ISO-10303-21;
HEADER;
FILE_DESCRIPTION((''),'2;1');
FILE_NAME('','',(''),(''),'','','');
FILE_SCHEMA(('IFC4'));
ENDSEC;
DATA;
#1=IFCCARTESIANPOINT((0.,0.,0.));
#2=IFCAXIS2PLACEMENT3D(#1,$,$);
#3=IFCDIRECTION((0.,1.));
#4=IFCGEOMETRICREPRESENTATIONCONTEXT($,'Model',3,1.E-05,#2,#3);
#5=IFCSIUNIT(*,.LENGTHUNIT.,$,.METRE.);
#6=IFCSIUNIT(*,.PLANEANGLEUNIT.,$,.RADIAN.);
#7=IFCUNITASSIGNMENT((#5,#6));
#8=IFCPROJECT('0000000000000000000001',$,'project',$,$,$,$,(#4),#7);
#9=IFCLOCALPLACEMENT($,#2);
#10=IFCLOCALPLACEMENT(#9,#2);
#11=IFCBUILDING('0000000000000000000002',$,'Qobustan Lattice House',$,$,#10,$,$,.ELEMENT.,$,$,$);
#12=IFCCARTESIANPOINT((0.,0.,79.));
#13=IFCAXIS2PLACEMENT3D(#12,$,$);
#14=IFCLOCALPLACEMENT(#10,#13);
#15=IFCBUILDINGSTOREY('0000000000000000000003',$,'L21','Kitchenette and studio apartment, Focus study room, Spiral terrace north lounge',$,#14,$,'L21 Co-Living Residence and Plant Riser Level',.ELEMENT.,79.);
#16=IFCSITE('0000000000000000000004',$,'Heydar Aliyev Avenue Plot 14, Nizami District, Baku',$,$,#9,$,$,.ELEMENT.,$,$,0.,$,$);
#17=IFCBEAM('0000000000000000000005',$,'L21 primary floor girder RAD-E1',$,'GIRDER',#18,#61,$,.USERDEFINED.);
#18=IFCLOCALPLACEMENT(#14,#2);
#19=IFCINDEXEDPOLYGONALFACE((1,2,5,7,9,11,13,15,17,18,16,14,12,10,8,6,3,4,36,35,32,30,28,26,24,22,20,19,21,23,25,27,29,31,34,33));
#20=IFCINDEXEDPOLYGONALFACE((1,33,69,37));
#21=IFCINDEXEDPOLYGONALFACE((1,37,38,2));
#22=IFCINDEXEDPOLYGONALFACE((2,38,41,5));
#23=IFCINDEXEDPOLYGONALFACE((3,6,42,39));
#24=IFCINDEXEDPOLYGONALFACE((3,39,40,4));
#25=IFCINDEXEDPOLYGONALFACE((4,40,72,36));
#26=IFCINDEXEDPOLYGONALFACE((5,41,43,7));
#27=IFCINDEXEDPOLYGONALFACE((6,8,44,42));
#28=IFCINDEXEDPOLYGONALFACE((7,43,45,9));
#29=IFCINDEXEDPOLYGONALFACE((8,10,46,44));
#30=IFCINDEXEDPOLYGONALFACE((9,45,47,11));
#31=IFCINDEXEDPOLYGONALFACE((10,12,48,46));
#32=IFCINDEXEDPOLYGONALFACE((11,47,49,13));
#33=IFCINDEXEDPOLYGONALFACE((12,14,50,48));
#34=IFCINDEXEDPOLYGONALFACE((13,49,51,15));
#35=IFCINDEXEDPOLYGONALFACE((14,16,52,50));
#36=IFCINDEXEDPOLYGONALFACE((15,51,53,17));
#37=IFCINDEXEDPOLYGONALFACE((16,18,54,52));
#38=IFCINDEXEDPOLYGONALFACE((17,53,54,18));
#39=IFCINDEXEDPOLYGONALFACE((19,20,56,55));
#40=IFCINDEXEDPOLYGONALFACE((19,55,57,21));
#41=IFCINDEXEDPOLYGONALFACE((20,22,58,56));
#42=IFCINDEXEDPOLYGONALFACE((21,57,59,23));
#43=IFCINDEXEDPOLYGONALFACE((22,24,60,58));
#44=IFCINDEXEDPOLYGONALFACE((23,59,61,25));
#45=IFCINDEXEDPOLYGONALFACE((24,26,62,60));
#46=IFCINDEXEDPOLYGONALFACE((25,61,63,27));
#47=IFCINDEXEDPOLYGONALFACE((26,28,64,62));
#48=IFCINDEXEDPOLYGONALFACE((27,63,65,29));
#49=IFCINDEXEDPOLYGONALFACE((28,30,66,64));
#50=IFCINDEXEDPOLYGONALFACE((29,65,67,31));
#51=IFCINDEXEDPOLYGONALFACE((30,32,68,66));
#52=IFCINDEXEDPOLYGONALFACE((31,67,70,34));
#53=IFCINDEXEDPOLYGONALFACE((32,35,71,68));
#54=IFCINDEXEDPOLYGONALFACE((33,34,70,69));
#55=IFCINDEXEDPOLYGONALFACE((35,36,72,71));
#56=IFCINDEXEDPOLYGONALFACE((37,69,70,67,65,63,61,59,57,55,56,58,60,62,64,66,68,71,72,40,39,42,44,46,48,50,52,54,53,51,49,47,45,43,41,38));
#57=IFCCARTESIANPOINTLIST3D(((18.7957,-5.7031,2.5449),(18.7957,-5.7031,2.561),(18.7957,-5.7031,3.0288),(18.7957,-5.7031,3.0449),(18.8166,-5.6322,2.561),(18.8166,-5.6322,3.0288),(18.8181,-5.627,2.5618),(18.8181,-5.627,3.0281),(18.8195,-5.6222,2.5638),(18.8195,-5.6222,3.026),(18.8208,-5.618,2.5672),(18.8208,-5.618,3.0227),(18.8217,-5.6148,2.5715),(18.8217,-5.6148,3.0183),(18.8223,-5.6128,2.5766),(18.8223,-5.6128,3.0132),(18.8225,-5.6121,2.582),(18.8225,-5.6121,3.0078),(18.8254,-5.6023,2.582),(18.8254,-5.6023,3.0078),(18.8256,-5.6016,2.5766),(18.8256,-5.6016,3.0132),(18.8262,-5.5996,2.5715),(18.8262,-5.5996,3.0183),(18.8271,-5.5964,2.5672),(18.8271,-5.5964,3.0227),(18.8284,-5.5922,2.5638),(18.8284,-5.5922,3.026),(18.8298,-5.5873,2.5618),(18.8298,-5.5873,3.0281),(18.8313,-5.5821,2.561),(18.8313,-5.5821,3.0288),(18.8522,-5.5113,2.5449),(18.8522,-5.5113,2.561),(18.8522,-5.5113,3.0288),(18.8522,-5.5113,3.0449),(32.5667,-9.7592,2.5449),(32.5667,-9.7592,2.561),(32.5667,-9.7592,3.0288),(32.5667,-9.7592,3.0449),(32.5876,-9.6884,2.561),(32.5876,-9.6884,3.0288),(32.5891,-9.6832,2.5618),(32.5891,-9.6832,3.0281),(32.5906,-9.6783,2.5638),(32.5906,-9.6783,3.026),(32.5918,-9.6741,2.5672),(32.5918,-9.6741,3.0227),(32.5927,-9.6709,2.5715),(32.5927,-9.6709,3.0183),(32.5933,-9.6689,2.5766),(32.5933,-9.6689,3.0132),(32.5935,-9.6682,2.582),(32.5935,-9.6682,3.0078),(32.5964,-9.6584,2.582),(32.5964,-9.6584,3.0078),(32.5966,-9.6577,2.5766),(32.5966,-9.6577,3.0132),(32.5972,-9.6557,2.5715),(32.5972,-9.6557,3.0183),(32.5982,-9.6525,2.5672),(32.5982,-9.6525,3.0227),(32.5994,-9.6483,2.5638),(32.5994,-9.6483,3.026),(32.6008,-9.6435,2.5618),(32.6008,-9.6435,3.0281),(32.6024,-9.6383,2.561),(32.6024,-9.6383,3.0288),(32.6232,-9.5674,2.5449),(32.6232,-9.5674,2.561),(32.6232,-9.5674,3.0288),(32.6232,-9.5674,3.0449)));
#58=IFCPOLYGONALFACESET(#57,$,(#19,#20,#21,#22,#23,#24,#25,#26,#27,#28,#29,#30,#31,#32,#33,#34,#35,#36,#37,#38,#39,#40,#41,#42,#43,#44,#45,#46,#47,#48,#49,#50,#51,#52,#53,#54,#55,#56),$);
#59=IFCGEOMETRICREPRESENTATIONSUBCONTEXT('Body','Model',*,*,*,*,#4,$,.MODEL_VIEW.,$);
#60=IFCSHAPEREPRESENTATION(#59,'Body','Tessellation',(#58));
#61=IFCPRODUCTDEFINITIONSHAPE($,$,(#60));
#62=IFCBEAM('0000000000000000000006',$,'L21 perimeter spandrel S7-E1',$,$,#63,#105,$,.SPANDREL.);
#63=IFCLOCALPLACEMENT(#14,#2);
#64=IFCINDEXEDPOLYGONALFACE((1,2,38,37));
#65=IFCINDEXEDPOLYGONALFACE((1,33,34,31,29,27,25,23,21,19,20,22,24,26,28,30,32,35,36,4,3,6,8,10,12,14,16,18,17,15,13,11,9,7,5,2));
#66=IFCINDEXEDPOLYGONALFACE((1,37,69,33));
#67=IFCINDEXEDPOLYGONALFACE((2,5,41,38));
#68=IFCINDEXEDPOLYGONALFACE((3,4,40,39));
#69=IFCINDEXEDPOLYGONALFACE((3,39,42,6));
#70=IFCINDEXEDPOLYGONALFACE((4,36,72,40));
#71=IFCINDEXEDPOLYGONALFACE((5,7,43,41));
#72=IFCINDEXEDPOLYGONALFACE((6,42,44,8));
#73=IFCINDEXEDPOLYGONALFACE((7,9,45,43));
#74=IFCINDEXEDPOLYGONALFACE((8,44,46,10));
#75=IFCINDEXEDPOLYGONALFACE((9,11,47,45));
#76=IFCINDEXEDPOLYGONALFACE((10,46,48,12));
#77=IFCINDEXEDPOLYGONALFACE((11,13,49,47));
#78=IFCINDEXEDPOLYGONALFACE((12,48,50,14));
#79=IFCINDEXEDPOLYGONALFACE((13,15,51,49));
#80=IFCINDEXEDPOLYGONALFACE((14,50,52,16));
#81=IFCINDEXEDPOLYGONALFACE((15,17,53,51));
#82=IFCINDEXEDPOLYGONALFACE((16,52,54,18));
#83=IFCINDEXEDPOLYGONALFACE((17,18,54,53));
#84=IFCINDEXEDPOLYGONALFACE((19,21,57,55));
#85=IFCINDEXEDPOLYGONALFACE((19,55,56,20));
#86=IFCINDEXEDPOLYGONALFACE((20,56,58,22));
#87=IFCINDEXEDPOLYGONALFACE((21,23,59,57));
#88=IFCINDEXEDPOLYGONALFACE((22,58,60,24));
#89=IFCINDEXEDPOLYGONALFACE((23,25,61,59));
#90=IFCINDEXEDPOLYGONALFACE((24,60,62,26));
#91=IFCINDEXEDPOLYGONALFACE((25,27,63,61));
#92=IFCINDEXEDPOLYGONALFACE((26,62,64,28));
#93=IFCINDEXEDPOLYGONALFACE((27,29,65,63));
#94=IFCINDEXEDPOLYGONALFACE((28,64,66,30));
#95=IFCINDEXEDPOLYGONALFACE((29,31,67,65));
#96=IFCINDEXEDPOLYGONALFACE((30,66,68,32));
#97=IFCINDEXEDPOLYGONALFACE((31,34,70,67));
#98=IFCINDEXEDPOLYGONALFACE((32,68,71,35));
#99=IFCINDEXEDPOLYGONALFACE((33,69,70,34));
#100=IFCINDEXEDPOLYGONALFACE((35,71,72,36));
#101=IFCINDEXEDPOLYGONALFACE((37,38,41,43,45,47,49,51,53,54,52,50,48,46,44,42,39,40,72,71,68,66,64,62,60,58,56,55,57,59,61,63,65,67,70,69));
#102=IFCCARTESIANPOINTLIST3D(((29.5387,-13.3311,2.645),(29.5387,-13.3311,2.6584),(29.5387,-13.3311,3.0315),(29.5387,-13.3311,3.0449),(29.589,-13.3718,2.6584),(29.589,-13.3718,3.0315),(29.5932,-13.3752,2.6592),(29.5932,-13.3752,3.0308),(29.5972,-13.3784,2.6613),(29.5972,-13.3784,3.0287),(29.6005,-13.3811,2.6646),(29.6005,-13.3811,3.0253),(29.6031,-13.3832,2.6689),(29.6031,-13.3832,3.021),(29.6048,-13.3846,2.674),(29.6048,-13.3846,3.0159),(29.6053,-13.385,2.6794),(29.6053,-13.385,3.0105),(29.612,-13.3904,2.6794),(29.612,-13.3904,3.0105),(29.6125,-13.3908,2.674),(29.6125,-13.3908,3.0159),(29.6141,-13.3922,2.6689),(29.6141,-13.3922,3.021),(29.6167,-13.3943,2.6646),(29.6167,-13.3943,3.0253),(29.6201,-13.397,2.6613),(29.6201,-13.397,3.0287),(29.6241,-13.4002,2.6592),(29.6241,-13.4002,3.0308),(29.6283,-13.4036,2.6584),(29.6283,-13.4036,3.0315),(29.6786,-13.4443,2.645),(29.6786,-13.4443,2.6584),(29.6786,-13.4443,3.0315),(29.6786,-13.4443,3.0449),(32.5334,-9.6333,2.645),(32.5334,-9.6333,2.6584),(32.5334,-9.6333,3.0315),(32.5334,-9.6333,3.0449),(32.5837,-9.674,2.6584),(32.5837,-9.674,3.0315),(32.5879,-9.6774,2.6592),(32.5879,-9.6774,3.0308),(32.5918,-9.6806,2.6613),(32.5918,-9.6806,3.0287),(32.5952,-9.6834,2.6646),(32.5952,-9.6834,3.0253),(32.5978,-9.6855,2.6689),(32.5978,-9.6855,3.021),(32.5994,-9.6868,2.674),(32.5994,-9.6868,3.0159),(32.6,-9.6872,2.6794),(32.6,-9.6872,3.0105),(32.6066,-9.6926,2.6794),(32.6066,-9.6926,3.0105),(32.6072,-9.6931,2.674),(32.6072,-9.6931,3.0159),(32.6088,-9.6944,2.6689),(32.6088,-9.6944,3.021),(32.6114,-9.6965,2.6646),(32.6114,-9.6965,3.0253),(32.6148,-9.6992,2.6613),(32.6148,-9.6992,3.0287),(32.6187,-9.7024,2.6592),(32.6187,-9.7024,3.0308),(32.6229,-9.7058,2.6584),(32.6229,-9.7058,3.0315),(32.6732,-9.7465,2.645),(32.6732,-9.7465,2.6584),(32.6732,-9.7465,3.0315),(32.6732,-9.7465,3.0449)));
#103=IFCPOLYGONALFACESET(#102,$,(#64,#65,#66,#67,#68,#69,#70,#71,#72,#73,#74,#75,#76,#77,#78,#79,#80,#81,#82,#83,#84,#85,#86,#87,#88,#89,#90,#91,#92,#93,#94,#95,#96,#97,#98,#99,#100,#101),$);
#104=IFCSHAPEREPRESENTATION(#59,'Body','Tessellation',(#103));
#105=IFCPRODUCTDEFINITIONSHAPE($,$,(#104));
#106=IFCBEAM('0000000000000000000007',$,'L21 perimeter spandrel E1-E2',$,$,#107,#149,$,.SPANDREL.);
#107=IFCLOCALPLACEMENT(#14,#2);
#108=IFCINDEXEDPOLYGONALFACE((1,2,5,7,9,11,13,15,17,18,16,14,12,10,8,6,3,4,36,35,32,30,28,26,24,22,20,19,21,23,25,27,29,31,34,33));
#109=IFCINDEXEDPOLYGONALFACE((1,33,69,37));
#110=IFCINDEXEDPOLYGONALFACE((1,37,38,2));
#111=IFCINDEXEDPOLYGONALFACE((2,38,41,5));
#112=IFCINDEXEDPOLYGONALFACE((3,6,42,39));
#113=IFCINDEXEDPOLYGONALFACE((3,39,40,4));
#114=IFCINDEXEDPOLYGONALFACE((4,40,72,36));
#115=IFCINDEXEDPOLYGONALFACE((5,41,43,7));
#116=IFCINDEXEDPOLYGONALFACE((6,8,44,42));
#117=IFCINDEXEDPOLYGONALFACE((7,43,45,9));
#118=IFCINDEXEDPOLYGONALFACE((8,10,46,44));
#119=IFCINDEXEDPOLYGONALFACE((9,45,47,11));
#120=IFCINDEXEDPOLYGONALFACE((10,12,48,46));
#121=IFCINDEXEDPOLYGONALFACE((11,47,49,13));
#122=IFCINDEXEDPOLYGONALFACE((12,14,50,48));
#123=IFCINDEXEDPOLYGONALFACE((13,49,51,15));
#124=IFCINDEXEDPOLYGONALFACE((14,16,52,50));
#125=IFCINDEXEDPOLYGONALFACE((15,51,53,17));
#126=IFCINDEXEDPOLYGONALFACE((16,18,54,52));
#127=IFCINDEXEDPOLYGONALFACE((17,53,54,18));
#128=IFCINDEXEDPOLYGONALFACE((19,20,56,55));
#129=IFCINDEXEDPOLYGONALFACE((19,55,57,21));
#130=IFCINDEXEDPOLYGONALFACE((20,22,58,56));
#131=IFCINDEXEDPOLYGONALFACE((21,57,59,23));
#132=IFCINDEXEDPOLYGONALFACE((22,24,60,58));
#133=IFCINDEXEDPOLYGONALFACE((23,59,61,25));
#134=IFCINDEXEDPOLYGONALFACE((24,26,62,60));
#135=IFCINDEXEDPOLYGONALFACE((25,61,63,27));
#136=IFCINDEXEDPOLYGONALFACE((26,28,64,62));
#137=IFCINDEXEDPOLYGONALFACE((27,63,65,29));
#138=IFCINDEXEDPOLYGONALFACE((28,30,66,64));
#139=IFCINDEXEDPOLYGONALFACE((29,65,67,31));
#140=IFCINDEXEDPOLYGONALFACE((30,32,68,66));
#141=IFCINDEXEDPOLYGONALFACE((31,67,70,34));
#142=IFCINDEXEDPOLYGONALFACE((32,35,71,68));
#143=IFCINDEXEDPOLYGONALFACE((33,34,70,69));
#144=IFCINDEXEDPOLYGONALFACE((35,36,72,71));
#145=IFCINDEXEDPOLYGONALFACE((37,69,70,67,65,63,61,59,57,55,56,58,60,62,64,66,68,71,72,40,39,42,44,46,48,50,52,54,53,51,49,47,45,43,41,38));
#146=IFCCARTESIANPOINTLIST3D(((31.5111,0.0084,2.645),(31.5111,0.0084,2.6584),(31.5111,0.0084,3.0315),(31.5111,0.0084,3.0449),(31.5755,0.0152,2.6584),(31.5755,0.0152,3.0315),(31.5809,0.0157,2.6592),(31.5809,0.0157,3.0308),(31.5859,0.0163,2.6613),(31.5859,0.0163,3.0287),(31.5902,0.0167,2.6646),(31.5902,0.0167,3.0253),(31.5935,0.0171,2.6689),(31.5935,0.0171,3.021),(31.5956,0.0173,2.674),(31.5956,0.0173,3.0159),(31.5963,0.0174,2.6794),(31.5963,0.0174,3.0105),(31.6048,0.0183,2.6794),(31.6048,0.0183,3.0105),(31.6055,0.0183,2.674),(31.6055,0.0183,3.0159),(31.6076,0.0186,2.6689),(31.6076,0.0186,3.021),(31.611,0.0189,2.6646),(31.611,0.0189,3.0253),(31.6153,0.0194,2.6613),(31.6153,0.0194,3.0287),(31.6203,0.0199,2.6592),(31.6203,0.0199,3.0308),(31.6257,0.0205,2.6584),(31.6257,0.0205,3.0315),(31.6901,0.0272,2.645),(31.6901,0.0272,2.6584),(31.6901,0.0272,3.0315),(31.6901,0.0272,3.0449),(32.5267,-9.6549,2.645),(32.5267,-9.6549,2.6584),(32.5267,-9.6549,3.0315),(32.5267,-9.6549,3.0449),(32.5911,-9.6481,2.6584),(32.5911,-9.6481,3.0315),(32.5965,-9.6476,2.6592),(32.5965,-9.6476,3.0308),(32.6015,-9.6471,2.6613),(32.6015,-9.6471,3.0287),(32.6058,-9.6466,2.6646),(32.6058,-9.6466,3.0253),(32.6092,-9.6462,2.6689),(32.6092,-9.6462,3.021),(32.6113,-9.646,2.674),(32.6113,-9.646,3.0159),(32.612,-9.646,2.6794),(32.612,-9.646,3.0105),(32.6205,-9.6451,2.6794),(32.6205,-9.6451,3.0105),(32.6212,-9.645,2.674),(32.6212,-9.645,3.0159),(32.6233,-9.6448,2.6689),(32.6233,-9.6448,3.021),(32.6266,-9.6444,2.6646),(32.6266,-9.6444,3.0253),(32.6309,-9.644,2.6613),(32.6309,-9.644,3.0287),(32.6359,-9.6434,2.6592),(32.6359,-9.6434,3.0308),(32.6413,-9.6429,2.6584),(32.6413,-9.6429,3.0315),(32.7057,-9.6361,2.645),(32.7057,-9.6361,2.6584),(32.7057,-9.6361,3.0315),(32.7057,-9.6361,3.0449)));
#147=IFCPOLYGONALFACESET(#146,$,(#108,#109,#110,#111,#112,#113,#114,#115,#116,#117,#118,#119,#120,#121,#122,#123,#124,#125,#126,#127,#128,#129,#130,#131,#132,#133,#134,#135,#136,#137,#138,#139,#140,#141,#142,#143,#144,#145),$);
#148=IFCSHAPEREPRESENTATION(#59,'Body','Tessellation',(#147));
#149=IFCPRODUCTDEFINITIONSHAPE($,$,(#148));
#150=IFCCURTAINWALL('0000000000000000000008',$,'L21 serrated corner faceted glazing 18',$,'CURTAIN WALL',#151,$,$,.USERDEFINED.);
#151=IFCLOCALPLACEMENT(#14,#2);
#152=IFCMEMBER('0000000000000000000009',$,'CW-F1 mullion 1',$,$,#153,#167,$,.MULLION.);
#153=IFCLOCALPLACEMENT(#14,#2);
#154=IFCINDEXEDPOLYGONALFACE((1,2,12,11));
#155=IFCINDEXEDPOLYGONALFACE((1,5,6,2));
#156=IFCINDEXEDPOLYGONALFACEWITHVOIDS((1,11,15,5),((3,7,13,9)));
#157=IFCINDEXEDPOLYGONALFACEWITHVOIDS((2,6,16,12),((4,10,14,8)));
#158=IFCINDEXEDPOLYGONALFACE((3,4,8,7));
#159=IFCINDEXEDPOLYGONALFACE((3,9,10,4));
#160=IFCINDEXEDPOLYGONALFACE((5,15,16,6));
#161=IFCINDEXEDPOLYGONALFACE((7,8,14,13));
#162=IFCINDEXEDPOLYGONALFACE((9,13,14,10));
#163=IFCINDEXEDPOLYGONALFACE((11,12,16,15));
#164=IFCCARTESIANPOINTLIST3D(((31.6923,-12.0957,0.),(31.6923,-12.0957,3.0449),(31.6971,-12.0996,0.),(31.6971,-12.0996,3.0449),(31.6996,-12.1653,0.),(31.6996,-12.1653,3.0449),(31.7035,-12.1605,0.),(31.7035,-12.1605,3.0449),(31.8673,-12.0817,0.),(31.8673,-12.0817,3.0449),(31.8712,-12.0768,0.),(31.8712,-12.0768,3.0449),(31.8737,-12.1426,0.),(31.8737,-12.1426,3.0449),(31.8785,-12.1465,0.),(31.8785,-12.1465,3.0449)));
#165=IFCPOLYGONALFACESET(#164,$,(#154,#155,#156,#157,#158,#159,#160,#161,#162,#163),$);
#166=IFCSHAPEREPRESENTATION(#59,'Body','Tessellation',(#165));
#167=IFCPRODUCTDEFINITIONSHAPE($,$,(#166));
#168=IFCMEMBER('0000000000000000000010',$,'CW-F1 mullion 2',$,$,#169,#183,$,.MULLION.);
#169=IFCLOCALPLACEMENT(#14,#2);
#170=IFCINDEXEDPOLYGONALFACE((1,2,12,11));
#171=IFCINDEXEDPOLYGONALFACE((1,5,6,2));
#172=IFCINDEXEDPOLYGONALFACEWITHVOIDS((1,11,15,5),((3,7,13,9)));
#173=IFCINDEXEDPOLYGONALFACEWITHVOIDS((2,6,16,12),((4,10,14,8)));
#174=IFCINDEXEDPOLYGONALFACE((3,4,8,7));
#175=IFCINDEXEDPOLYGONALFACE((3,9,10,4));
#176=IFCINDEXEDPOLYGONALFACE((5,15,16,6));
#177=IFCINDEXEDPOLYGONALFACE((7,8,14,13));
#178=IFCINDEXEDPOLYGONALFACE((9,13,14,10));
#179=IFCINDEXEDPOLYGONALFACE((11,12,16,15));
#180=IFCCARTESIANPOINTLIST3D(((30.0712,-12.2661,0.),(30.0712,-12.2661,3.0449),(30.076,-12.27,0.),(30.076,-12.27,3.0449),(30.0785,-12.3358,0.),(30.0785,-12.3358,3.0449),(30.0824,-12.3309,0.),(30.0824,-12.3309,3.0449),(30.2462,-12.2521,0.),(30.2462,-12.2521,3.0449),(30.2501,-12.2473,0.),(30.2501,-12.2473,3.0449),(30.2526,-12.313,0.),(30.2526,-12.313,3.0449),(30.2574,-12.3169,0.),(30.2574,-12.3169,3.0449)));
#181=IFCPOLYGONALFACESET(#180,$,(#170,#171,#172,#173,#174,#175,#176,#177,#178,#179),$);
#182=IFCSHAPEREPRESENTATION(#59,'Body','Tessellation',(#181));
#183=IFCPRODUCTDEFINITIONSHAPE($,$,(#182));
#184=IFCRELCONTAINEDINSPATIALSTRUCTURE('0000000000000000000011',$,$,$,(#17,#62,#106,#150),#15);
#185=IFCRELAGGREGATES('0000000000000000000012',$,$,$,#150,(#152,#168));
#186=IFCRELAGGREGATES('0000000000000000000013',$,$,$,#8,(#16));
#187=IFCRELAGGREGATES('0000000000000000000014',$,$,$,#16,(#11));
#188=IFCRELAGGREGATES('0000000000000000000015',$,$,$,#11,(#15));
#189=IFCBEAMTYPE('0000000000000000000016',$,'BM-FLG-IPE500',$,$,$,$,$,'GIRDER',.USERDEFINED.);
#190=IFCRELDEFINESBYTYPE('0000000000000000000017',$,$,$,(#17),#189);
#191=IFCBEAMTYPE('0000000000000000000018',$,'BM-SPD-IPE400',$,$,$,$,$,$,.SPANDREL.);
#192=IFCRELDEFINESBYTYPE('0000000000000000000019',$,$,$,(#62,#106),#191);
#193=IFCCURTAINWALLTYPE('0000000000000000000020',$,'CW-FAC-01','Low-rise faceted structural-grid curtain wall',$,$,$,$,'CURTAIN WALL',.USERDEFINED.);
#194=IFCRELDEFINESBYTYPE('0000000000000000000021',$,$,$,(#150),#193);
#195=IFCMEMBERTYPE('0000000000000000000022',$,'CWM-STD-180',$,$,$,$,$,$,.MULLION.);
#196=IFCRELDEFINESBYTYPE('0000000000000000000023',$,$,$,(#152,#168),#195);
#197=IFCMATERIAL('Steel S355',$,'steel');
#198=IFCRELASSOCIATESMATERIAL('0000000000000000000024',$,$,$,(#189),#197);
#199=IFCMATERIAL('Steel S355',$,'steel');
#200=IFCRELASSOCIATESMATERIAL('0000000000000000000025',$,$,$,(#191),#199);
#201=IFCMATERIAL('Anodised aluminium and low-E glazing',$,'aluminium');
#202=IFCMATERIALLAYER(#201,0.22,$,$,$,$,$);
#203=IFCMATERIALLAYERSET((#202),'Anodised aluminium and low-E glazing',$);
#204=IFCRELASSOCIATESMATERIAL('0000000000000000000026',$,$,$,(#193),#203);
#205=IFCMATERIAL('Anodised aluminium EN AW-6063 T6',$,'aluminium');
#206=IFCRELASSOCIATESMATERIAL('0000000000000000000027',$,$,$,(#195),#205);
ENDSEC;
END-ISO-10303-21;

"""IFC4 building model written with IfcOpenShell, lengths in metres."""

from ifc_helpers import new_model, si_unit, direction, frame, origin, origin_2d, place, context, subcontext, project, spatial, hollow_rectangle, i_section, extrude, material, layer, layer_set, material_profile, profile_set, type_object, element, aggregate, save


model = new_model("IFC4")

# Units and contexts
model_context = context("Model", 3, precision=1e-05, world=origin(), true_north=direction((0.0, 1.0)))
body_context = subcontext(model_context, "Body", "Model", "MODEL_VIEW")
ifc_project = project(units=[si_unit("LENGTHUNIT", "METRE"), si_unit("PLANEANGLEUNIT", "RADIAN")], contexts=[model_context])

# Site, building, storey
site_placement = place(None, origin())
site = spatial("IfcSite", under=ifc_project, at=site_placement, Name="Heydar Aliyev Avenue Plot 14, Nizami District, Baku", CompositionType="ELEMENT", RefElevation=0.0)
building_placement = place(site_placement, origin())
building = spatial("IfcBuilding", under=site, at=building_placement, Name="Qobustan Lattice House", CompositionType="ELEMENT")
storey_placement = place(building_placement, frame((0.0, 0.0, 79.0)))
storey = spatial("IfcBuildingStorey", under=building, at=storey_placement, Name="L21", Description="Kitchenette and studio apartment, Focus study room, Spiral terrace north lounge", LongName="L21 Co-Living Residence and Plant Riser Level", CompositionType="ELEMENT", Elevation=79.0)

# Beams
ifc_material_1 = material(Name="Steel S355", Category="steel")
ifc_material_profile_1 = material_profile(ifc_material_1, i_section(OverallWidth=0.2, OverallDepth=0.5, WebThickness=0.0103, FlangeThickness=0.0161, FilletRadius=0.021, at=origin_2d()), Name="IPE500")
ifc_profile_set_1 = profile_set([ifc_material_profile_1], Name="Steel S355")
beam_type_1 = type_object("IfcBeamType", Name="BM-FLG-IPE500", ElementType="GIRDER", PredefinedType="USERDEFINED", material=ifc_profile_set_1)
beam_1_placement = place(storey_placement, frame((32.595, -9.6633, 2.7949), z_axis=(-0.959255, 0.282542, 0.0), x_axis=(-0.282542, -0.959255, 0.0)))
element("IfcBeam", 1, at=beam_1_placement, inside=storey, type_object=beam_type_1, Name="L21 primary floor girder RAD-E1", ObjectType="GIRDER", PredefinedType="USERDEFINED", context=body_context, shape_type="SweptSolid", body=[
    extrude(i_section(OverallWidth=0.2, OverallDepth=0.5, WebThickness=0.0103, FlangeThickness=0.0161, FilletRadius=0.021, at=origin_2d()), origin(), (0.0, 0.0, 1.0), 14.356),
])
ifc_material_2 = material(Name="Steel S355", Category="steel")
ifc_material_profile_2 = material_profile(ifc_material_2, i_section(OverallWidth=0.1799, OverallDepth=0.3999, WebThickness=0.0085, FlangeThickness=0.0134, FilletRadius=0.021, at=origin_2d()), Name="IPE400")
ifc_profile_set_2 = profile_set([ifc_material_profile_2], Name="Steel S355")
beam_type_2 = type_object("IfcBeamType", Name="BM-SPD-IPE400", PredefinedType="SPANDREL", material=ifc_profile_set_2)
beam_2_placement = place(storey_placement, frame((29.6086, -13.3877, 2.845), z_axis=(0.629352, 0.777121, 0.0), x_axis=(-0.777121, 0.629352, 0.0)))
element("IfcBeam", 2, at=beam_2_placement, inside=storey, type_object=beam_type_2, Name="L21 perimeter spandrel S7-E1", PredefinedType="SPANDREL", context=body_context, shape_type="SweptSolid", body=[
    extrude(i_section(OverallWidth=0.1799, OverallDepth=0.3999, WebThickness=0.0085, FlangeThickness=0.0134, FilletRadius=0.021, at=origin_2d()), origin(), (0.0, 0.0, 1.0), 4.7583),
])
beam_3_placement = place(storey_placement, frame((32.6162, -9.6455, 2.845), z_axis=(-0.104525, 0.994522, 0.0), x_axis=(-0.994522, -0.104525, 0.0)))
element("IfcBeam", 3, at=beam_3_placement, inside=storey, type_object=beam_type_2, Name="L21 perimeter spandrel E1-E2", PredefinedType="SPANDREL", context=body_context, shape_type="SweptSolid", body=[
    extrude(i_section(OverallWidth=0.1799, OverallDepth=0.3999, WebThickness=0.0085, FlangeThickness=0.0134, FilletRadius=0.021, at=origin_2d()), origin(), (0.0, 0.0, 1.0), 9.7166),
])

# Curtain wall, members
ifc_material_3 = material(Name="Anodised aluminium and low-E glazing", Category="aluminium")
ifc_layer_1 = layer(ifc_material_3, 0.22)
ifc_layer_set_1 = layer_set([ifc_layer_1], Name="Anodised aluminium and low-E glazing")
curtain_wall_type = type_object("IfcCurtainWallType", Name="CW-FAC-01", Description="Low-rise faceted structural-grid curtain wall", ElementType="CURTAIN WALL", PredefinedType="USERDEFINED", material=ifc_layer_set_1)
curtain_wall_placement = place(storey_placement, origin())
curtain_wall = element("IfcCurtainWall", 4, at=curtain_wall_placement, inside=storey, type_object=curtain_wall_type, Name="L21 serrated corner faceted glazing 18", ObjectType="CURTAIN WALL", PredefinedType="USERDEFINED")
ifc_material_4 = material(Name="Anodised aluminium EN AW-6063 T6", Category="aluminium")
ifc_material_profile_3 = material_profile(ifc_material_4, hollow_rectangle(XDim=0.0701, YDim=0.1799, WallThickness=0.0044, at=origin_2d()), Name="CWM-180x70")
ifc_profile_set_3 = profile_set([ifc_material_profile_3], Name="Anodised aluminium EN AW-6063 T6")
member_type_1 = type_object("IfcMemberType", Name="CWM-STD-180", PredefinedType="MULLION", material=ifc_profile_set_3)
member_1_placement = place(storey_placement, frame((31.7854, -12.1211, 0.0), z_axis=(0.0, 0.0, 1.0), x_axis=(0.104529, -0.994522, 0.0)))
member_1 = element("IfcMember", 5, at=member_1_placement, type_object=member_type_1, Name="CW-F1 mullion 1", PredefinedType="MULLION", context=body_context, shape_type="SweptSolid", body=[
    extrude(hollow_rectangle(XDim=0.0701, YDim=0.1799, WallThickness=0.0044, at=origin_2d()), origin(), (0.0, 0.0, 1.0), 3.0449),
])
member_2_placement = place(storey_placement, frame((30.1643, -12.2915, 0.0), z_axis=(0.0, 0.0, 1.0), x_axis=(0.104529, -0.994522, 0.0)))
member_2 = element("IfcMember", 6, at=member_2_placement, type_object=member_type_1, Name="CW-F1 mullion 2", PredefinedType="MULLION", context=body_context, shape_type="SweptSolid", body=[
    extrude(hollow_rectangle(XDim=0.0701, YDim=0.1799, WallThickness=0.0044, at=origin_2d()), origin(), (0.0, 0.0, 1.0), 3.0449),
])
aggregate(curtain_wall, [member_1, member_2])

save(model, "model.ifc")
